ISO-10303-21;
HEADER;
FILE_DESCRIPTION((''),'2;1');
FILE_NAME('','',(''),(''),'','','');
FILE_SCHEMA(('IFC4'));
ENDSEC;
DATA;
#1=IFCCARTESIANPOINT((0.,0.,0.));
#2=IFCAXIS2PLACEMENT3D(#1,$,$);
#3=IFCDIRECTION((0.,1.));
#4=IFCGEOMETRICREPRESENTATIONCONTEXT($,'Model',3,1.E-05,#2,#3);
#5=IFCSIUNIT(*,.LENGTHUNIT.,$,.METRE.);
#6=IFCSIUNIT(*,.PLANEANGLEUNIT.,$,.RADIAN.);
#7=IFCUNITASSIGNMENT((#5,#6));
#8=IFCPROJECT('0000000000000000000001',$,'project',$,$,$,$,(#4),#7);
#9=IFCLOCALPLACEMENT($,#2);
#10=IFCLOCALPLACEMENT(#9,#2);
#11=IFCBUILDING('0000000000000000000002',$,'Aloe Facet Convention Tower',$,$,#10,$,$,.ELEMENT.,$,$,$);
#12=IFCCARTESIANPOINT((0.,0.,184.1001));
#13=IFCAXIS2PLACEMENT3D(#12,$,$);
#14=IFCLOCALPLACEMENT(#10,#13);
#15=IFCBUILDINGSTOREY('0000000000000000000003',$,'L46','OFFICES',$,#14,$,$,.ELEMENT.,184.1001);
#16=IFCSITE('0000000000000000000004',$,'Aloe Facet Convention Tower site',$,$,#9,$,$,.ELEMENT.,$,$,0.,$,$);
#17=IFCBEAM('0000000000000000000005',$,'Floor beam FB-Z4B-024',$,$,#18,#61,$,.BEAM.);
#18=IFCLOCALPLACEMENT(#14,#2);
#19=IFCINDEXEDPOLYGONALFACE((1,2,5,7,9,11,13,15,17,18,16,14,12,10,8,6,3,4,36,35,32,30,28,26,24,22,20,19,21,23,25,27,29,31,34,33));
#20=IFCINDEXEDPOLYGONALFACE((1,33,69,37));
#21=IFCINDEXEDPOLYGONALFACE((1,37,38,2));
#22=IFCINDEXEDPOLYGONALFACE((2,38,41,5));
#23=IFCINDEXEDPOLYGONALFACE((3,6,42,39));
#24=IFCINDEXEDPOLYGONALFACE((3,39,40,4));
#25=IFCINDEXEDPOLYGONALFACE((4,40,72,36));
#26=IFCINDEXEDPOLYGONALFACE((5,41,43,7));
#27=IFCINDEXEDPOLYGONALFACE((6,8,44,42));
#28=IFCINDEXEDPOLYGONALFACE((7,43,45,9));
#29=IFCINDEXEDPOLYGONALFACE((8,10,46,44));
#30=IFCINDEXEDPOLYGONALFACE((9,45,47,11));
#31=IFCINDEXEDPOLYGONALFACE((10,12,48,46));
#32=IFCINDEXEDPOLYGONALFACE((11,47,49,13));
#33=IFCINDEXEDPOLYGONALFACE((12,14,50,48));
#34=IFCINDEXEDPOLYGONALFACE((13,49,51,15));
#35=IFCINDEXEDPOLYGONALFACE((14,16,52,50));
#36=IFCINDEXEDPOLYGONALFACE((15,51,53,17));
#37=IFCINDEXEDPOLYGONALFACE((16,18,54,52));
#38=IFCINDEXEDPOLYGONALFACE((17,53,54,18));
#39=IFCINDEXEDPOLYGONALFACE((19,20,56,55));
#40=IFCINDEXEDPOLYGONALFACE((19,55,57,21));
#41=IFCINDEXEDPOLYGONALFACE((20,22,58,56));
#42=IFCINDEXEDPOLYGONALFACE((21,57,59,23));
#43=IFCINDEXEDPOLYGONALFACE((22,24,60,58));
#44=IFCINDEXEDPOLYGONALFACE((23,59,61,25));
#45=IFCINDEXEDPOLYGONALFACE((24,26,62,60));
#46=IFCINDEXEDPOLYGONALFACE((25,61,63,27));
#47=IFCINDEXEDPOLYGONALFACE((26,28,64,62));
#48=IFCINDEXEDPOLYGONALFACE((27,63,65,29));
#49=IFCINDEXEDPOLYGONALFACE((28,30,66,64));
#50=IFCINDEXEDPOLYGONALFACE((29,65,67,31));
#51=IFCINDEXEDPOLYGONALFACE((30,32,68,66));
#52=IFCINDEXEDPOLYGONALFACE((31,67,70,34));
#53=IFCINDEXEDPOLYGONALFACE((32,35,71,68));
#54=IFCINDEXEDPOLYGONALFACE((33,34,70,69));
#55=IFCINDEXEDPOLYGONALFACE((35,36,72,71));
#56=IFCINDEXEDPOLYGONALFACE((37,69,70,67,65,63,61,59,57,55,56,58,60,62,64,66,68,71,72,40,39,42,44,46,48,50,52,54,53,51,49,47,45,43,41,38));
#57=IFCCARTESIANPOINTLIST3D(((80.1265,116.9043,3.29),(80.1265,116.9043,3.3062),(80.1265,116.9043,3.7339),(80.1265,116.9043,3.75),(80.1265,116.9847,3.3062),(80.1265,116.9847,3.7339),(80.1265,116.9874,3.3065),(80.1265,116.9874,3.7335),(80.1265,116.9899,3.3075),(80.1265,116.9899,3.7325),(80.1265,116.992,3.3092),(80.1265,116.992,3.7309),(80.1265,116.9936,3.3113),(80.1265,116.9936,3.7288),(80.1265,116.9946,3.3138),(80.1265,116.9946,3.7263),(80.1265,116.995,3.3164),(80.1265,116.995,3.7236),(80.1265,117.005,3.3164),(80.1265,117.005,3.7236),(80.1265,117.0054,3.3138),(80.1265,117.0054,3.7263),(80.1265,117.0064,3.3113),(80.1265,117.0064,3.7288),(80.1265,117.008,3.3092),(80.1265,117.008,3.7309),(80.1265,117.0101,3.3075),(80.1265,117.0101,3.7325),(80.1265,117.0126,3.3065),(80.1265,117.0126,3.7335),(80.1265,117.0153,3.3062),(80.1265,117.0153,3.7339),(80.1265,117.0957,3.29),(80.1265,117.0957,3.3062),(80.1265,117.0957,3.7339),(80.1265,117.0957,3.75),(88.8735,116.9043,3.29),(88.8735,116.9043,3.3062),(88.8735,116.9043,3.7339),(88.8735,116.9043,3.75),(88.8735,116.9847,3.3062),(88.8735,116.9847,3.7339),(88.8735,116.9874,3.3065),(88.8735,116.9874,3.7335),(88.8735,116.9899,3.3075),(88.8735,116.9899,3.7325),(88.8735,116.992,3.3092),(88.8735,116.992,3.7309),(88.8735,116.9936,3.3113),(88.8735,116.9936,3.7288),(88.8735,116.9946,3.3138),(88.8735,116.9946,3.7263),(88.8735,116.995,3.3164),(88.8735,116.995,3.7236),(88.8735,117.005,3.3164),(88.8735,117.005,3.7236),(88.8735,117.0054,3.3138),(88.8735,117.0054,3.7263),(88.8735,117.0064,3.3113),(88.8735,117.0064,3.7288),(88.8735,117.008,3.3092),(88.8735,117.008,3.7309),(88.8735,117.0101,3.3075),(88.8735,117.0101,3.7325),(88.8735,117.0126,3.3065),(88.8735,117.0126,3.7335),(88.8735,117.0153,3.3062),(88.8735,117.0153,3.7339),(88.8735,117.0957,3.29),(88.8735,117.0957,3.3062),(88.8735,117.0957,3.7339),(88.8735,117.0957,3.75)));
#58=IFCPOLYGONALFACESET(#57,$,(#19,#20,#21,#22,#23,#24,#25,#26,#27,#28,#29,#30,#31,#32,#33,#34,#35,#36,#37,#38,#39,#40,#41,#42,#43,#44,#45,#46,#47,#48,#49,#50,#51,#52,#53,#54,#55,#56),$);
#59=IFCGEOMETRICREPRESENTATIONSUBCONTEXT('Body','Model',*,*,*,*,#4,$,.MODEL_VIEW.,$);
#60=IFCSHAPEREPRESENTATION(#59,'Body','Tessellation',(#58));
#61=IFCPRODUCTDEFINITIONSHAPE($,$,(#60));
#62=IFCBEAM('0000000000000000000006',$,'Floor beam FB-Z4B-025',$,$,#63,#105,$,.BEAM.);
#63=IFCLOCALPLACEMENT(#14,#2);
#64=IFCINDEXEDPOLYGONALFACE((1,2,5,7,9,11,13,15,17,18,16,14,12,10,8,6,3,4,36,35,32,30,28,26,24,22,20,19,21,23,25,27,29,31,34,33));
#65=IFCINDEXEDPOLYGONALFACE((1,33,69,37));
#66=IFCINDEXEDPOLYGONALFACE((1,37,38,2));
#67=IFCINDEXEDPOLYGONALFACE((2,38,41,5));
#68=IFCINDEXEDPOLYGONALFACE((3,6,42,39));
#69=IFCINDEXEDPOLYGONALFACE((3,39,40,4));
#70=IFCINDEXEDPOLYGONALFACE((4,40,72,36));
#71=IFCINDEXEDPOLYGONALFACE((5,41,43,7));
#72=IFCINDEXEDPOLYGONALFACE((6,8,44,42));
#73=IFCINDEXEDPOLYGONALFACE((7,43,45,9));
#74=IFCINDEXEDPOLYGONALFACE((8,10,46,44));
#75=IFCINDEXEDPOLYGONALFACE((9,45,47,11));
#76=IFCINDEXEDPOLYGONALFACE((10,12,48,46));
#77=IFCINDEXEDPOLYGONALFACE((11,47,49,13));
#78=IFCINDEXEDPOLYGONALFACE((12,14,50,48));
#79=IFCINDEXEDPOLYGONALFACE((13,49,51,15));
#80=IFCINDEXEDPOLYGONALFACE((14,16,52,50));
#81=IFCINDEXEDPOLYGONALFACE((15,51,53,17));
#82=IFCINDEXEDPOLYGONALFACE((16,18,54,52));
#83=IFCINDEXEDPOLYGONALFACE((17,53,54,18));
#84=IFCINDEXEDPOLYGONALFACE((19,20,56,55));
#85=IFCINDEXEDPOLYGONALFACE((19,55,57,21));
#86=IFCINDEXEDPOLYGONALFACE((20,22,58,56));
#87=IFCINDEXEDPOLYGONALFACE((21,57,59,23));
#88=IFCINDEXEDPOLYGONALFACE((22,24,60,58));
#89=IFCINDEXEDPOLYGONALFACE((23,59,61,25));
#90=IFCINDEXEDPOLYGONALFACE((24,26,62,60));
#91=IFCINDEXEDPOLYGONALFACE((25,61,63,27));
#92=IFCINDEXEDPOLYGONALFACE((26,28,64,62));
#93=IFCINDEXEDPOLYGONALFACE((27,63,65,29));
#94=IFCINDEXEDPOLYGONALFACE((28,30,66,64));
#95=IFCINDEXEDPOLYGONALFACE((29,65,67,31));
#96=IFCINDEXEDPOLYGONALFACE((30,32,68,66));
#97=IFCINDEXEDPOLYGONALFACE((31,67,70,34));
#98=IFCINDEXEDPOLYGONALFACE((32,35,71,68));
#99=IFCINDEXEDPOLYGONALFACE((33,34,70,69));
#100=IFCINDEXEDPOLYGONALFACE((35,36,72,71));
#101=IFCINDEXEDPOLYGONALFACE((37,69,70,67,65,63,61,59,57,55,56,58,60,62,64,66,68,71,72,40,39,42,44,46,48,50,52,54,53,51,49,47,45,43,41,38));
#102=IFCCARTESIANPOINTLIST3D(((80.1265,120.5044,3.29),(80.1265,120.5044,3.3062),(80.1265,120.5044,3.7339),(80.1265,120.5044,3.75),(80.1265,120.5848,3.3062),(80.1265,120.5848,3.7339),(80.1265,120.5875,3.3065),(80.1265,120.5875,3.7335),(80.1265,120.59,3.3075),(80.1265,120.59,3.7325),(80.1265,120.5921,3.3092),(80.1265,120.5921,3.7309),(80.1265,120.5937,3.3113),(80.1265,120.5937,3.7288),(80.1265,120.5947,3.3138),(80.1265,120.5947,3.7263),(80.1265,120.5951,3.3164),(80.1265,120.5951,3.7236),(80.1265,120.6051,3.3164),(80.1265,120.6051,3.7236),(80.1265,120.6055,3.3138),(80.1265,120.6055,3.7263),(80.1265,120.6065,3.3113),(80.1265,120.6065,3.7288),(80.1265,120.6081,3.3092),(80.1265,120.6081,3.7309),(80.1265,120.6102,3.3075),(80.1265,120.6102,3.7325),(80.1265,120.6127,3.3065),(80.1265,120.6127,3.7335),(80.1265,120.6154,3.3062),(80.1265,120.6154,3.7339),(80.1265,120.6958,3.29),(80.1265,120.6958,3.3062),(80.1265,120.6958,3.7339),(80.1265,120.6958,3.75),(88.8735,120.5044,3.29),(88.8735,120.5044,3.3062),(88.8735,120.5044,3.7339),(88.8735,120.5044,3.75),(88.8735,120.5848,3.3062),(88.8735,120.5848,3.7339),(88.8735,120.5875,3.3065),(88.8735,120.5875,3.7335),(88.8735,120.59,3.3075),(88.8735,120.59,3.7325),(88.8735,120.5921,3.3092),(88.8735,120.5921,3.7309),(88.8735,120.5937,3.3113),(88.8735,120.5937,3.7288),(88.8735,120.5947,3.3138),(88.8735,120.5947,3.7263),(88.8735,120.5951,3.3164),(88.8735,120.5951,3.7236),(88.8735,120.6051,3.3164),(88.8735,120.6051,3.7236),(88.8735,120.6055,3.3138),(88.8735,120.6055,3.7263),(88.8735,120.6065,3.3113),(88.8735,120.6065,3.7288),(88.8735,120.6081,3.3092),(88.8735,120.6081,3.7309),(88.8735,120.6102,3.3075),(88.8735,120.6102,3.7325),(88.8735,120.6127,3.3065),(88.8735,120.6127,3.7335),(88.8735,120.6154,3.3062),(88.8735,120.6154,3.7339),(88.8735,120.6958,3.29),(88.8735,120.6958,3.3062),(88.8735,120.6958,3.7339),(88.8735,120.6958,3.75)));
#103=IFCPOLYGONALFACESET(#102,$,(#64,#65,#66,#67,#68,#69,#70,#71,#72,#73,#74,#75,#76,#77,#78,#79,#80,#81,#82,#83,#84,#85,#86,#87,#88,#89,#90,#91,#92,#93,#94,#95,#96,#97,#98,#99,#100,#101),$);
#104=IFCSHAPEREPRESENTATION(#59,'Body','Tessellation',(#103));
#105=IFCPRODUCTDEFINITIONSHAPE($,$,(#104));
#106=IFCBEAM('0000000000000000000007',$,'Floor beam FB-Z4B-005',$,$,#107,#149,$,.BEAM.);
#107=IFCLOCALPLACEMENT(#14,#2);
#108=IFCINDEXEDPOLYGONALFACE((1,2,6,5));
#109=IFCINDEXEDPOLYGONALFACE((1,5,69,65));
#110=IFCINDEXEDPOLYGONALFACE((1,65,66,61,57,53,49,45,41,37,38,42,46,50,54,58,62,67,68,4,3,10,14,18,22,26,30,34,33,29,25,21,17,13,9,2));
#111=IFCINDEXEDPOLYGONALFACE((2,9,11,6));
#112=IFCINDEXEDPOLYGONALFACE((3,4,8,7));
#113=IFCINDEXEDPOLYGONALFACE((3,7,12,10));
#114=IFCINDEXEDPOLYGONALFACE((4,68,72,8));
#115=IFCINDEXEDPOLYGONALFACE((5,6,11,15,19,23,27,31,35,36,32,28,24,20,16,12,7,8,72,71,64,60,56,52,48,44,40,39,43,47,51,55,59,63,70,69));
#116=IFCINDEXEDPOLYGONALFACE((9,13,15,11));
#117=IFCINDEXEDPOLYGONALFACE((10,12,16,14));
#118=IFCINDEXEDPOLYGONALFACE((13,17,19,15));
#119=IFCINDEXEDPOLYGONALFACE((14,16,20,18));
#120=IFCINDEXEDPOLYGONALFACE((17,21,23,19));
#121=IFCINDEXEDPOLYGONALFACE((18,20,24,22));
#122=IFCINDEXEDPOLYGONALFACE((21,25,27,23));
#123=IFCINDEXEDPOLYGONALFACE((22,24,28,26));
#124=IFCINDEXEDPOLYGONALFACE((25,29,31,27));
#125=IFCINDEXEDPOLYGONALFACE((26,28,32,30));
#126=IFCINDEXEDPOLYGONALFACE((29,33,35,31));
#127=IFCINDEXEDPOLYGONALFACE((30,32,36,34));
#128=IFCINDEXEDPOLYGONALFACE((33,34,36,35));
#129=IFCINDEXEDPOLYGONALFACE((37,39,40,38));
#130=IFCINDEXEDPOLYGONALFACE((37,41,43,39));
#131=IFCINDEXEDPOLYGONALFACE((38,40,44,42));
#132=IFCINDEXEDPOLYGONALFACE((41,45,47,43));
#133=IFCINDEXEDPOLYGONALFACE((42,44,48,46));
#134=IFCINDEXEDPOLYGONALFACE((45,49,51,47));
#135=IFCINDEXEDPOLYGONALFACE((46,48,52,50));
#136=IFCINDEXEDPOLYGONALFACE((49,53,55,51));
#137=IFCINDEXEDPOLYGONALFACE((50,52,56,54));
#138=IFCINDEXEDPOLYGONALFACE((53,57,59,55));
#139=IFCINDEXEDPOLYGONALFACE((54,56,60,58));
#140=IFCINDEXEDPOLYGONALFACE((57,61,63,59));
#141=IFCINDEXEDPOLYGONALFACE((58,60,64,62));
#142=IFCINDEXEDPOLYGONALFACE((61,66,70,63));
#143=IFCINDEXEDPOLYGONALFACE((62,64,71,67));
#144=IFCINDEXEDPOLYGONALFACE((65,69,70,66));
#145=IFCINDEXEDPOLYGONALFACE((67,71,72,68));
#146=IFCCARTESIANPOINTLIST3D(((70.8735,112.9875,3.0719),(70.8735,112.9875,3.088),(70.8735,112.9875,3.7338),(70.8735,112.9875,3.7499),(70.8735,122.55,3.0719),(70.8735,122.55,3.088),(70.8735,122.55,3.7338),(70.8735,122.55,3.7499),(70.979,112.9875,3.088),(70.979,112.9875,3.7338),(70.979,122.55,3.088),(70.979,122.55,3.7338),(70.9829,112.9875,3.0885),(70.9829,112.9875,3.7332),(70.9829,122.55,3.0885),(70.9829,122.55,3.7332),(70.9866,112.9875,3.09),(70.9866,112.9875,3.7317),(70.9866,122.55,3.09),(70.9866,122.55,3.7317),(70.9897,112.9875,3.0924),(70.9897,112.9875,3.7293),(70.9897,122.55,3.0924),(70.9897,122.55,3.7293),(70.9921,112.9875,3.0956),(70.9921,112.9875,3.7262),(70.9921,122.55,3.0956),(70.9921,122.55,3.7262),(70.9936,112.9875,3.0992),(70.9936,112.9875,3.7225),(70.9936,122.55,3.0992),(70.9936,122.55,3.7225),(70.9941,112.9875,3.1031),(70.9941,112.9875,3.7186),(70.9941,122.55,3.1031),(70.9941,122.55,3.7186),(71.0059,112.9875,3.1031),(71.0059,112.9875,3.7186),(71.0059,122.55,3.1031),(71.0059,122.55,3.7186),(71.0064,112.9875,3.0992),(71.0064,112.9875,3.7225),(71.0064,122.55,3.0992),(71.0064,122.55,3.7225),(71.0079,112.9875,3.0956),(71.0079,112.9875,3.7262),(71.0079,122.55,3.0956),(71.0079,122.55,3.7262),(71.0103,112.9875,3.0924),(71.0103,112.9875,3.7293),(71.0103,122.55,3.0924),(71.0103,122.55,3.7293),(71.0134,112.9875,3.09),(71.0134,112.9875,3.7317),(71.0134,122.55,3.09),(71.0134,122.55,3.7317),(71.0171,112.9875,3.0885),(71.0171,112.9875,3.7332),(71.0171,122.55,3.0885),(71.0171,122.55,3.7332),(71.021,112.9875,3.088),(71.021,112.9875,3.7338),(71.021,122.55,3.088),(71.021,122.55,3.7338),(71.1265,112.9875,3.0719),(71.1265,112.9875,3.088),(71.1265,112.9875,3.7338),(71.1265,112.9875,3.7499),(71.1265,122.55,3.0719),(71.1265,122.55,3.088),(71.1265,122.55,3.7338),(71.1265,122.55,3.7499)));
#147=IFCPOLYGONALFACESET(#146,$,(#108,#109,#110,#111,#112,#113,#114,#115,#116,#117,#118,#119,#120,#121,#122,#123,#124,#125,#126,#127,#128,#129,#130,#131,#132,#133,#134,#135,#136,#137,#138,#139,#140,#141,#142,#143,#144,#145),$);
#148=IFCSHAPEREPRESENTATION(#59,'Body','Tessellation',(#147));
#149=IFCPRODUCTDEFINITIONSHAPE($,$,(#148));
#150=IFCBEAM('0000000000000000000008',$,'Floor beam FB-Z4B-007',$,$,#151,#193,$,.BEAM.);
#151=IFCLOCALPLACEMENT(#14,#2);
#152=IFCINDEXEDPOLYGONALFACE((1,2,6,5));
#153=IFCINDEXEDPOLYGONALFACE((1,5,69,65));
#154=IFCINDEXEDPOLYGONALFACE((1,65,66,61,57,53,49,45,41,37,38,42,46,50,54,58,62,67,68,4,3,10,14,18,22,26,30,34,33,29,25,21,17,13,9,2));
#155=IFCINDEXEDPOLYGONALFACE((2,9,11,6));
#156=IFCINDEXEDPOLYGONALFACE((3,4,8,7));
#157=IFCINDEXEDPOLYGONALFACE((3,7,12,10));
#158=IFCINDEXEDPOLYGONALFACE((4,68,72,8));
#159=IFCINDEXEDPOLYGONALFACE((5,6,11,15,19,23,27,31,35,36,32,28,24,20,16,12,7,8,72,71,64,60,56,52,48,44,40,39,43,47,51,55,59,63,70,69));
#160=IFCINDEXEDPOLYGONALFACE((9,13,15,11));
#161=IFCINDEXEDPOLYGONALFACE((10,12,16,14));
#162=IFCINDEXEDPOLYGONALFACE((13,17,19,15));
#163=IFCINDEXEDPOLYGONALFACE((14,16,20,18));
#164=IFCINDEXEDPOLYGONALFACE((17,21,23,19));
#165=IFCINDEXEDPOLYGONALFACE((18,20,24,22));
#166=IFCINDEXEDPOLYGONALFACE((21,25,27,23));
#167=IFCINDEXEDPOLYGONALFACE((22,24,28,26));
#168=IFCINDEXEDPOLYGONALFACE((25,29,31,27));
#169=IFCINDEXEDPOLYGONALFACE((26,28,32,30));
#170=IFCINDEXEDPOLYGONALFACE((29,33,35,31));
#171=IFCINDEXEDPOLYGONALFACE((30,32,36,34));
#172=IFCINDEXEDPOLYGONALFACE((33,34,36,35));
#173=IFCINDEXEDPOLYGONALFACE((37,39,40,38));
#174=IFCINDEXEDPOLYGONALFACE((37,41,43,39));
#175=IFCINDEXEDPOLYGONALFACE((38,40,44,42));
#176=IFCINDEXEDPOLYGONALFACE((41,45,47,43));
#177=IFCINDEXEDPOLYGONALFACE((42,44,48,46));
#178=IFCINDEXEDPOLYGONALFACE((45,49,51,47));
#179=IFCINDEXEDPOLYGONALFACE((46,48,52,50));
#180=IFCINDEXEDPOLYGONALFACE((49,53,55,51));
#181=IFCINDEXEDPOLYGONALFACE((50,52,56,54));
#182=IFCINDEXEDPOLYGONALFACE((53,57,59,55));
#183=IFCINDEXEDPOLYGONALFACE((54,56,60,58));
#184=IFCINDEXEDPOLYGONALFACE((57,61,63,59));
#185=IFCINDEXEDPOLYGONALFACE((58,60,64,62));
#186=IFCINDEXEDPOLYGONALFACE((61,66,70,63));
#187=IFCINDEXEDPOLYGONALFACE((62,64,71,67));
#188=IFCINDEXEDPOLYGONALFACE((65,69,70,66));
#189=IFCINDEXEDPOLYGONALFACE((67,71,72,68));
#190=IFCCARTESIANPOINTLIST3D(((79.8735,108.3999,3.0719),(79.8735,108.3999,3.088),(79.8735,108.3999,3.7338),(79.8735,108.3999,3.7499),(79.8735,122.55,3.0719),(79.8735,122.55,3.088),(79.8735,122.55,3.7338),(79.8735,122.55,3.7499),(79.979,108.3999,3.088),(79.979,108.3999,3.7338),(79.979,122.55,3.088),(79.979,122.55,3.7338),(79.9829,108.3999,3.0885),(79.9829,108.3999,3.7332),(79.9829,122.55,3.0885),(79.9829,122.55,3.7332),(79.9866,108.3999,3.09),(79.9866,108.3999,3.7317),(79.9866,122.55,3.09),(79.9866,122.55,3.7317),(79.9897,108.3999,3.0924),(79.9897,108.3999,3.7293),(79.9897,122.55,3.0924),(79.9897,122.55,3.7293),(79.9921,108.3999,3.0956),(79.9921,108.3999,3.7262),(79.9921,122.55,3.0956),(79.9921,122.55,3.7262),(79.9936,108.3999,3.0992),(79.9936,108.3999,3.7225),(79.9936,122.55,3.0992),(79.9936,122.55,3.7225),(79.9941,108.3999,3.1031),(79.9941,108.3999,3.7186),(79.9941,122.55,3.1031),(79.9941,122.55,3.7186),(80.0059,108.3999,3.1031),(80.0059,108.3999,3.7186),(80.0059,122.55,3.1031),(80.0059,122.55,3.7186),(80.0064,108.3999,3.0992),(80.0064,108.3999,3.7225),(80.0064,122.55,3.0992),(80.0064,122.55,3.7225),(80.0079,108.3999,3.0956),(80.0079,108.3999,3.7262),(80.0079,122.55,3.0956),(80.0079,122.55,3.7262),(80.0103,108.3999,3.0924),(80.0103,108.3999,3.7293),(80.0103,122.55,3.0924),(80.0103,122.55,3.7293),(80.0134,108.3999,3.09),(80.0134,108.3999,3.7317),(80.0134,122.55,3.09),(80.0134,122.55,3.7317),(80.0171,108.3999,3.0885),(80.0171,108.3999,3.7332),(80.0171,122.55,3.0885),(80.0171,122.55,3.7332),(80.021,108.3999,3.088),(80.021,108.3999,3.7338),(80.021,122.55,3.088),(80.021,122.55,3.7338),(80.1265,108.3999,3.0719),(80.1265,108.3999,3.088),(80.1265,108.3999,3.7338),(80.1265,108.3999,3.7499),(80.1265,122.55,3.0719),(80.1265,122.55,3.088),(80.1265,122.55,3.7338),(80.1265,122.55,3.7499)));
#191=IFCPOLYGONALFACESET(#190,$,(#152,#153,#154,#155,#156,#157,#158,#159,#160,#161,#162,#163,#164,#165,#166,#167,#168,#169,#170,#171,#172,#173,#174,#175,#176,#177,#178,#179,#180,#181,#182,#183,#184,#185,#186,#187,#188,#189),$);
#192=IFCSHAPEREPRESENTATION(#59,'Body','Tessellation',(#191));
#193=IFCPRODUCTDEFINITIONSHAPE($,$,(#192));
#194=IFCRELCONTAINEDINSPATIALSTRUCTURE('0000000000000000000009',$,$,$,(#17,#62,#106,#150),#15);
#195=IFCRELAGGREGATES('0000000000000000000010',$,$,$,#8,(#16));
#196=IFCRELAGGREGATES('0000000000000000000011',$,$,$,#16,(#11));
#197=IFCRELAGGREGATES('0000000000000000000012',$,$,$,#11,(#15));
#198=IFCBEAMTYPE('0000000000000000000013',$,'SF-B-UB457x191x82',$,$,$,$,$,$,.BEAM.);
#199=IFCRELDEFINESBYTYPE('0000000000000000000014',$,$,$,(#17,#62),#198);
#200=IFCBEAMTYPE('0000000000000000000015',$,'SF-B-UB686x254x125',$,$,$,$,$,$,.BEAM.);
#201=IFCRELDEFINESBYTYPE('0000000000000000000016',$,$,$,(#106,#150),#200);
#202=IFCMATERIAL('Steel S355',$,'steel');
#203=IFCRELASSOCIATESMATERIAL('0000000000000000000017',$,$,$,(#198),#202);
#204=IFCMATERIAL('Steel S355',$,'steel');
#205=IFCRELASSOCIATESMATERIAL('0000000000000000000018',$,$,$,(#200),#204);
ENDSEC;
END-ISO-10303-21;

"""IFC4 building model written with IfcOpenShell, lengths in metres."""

from ifc_helpers import new_model, si_unit, direction, frame, origin, origin_2d, place, context, subcontext, project, spatial, i_section, extrude, material, material_profile, profile_set, type_object, element, save


model = new_model("IFC4")

# Units and contexts
model_context = context("Model", 3, precision=1e-05, world=origin(), true_north=direction((0.0, 1.0)))
body_context = subcontext(model_context, "Body", "Model", "MODEL_VIEW")
ifc_project = project(units=[si_unit("LENGTHUNIT", "METRE"), si_unit("PLANEANGLEUNIT", "RADIAN")], contexts=[model_context])

# Site, building, storey
site_placement = place(None, origin())
site = spatial("IfcSite", under=ifc_project, at=site_placement, Name="Aloe Facet Convention Tower site", CompositionType="ELEMENT", RefElevation=0.0)
building_placement = place(site_placement, origin())
building = spatial("IfcBuilding", under=site, at=building_placement, Name="Aloe Facet Convention Tower", CompositionType="ELEMENT")
storey_placement = place(building_placement, frame((0.0, 0.0, 184.1001)))
storey = spatial("IfcBuildingStorey", under=building, at=storey_placement, Name="L46", Description="OFFICES", CompositionType="ELEMENT", Elevation=184.1001)

# Beams
ifc_material_1 = material(Name="Steel S355", Category="steel")
ifc_material_profile_1 = material_profile(ifc_material_1, i_section(OverallWidth=0.1914, OverallDepth=0.46, WebThickness=0.01, FlangeThickness=0.0161, FilletRadius=0.0103, at=origin_2d()), Name="UB 457x191x82")
ifc_profile_set_1 = profile_set([ifc_material_profile_1], Name="Steel S355")
beam_type_1 = type_object("IfcBeamType", Name="SF-B-UB457x191x82", PredefinedType="BEAM", material=ifc_profile_set_1)
for number, where, z_axis, x_axis, name in (
    (1, (80.1265, 117.0, 3.52), (1.0, 0.0, 0.0), (0.0, 1.0, 0.0), "Floor beam FB-Z4B-024"),
    (2, (80.1265, 120.6001, 3.52), (1.0, 0.0, 0.0), (0.0, 1.0, 0.0), "Floor beam FB-Z4B-025"),
):
    element("IfcBeam", number, at=place(storey_placement, frame(where, z_axis=z_axis, x_axis=x_axis)), inside=storey, type_object=beam_type_1, Name=name, PredefinedType="BEAM", context=body_context, shape_type="SweptSolid", body=[
        extrude(i_section(OverallWidth=0.1914, OverallDepth=0.46, WebThickness=0.01, FlangeThickness=0.0161, FilletRadius=0.0103, at=origin_2d()), origin(), (0.0, 0.0, 1.0), 8.7471),
    ])
ifc_material_2 = material(Name="Steel S355", Category="steel")
ifc_material_profile_2 = material_profile(ifc_material_2, i_section(OverallWidth=0.2529, OverallDepth=0.678, WebThickness=0.0117, FlangeThickness=0.0161, FilletRadius=0.0151, at=origin_2d()), Name="UB 686x254x125")
ifc_profile_set_2 = profile_set([ifc_material_profile_2], Name="Steel S355")
beam_type_2 = type_object("IfcBeamType", Name="SF-B-UB686x254x125", PredefinedType="BEAM", material=ifc_profile_set_2)
beam_1_placement = place(storey_placement, frame((71.0, 122.55, 3.4109), z_axis=(0.0, -1.0, 0.0), x_axis=(1.0, 0.0, 0.0)))
element("IfcBeam", 3, at=beam_1_placement, inside=storey, type_object=beam_type_2, Name="Floor beam FB-Z4B-005", PredefinedType="BEAM", context=body_context, shape_type="SweptSolid", body=[
    extrude(i_section(OverallWidth=0.2529, OverallDepth=0.678, WebThickness=0.0117, FlangeThickness=0.0161, FilletRadius=0.0151, at=origin_2d()), origin(), (0.0, 0.0, 1.0), 9.5625),
])
beam_2_placement = place(storey_placement, frame((80.0, 122.55, 3.4109), z_axis=(0.0, -1.0, 0.0), x_axis=(1.0, 0.0, 0.0)))
element("IfcBeam", 4, at=beam_2_placement, inside=storey, type_object=beam_type_2, Name="Floor beam FB-Z4B-007", PredefinedType="BEAM", context=body_context, shape_type="SweptSolid", body=[
    extrude(i_section(OverallWidth=0.2529, OverallDepth=0.678, WebThickness=0.0117, FlangeThickness=0.0161, FilletRadius=0.0151, at=origin_2d()), origin(), (0.0, 0.0, 1.0), 14.1501),
])

save(model, "model.ifc")
